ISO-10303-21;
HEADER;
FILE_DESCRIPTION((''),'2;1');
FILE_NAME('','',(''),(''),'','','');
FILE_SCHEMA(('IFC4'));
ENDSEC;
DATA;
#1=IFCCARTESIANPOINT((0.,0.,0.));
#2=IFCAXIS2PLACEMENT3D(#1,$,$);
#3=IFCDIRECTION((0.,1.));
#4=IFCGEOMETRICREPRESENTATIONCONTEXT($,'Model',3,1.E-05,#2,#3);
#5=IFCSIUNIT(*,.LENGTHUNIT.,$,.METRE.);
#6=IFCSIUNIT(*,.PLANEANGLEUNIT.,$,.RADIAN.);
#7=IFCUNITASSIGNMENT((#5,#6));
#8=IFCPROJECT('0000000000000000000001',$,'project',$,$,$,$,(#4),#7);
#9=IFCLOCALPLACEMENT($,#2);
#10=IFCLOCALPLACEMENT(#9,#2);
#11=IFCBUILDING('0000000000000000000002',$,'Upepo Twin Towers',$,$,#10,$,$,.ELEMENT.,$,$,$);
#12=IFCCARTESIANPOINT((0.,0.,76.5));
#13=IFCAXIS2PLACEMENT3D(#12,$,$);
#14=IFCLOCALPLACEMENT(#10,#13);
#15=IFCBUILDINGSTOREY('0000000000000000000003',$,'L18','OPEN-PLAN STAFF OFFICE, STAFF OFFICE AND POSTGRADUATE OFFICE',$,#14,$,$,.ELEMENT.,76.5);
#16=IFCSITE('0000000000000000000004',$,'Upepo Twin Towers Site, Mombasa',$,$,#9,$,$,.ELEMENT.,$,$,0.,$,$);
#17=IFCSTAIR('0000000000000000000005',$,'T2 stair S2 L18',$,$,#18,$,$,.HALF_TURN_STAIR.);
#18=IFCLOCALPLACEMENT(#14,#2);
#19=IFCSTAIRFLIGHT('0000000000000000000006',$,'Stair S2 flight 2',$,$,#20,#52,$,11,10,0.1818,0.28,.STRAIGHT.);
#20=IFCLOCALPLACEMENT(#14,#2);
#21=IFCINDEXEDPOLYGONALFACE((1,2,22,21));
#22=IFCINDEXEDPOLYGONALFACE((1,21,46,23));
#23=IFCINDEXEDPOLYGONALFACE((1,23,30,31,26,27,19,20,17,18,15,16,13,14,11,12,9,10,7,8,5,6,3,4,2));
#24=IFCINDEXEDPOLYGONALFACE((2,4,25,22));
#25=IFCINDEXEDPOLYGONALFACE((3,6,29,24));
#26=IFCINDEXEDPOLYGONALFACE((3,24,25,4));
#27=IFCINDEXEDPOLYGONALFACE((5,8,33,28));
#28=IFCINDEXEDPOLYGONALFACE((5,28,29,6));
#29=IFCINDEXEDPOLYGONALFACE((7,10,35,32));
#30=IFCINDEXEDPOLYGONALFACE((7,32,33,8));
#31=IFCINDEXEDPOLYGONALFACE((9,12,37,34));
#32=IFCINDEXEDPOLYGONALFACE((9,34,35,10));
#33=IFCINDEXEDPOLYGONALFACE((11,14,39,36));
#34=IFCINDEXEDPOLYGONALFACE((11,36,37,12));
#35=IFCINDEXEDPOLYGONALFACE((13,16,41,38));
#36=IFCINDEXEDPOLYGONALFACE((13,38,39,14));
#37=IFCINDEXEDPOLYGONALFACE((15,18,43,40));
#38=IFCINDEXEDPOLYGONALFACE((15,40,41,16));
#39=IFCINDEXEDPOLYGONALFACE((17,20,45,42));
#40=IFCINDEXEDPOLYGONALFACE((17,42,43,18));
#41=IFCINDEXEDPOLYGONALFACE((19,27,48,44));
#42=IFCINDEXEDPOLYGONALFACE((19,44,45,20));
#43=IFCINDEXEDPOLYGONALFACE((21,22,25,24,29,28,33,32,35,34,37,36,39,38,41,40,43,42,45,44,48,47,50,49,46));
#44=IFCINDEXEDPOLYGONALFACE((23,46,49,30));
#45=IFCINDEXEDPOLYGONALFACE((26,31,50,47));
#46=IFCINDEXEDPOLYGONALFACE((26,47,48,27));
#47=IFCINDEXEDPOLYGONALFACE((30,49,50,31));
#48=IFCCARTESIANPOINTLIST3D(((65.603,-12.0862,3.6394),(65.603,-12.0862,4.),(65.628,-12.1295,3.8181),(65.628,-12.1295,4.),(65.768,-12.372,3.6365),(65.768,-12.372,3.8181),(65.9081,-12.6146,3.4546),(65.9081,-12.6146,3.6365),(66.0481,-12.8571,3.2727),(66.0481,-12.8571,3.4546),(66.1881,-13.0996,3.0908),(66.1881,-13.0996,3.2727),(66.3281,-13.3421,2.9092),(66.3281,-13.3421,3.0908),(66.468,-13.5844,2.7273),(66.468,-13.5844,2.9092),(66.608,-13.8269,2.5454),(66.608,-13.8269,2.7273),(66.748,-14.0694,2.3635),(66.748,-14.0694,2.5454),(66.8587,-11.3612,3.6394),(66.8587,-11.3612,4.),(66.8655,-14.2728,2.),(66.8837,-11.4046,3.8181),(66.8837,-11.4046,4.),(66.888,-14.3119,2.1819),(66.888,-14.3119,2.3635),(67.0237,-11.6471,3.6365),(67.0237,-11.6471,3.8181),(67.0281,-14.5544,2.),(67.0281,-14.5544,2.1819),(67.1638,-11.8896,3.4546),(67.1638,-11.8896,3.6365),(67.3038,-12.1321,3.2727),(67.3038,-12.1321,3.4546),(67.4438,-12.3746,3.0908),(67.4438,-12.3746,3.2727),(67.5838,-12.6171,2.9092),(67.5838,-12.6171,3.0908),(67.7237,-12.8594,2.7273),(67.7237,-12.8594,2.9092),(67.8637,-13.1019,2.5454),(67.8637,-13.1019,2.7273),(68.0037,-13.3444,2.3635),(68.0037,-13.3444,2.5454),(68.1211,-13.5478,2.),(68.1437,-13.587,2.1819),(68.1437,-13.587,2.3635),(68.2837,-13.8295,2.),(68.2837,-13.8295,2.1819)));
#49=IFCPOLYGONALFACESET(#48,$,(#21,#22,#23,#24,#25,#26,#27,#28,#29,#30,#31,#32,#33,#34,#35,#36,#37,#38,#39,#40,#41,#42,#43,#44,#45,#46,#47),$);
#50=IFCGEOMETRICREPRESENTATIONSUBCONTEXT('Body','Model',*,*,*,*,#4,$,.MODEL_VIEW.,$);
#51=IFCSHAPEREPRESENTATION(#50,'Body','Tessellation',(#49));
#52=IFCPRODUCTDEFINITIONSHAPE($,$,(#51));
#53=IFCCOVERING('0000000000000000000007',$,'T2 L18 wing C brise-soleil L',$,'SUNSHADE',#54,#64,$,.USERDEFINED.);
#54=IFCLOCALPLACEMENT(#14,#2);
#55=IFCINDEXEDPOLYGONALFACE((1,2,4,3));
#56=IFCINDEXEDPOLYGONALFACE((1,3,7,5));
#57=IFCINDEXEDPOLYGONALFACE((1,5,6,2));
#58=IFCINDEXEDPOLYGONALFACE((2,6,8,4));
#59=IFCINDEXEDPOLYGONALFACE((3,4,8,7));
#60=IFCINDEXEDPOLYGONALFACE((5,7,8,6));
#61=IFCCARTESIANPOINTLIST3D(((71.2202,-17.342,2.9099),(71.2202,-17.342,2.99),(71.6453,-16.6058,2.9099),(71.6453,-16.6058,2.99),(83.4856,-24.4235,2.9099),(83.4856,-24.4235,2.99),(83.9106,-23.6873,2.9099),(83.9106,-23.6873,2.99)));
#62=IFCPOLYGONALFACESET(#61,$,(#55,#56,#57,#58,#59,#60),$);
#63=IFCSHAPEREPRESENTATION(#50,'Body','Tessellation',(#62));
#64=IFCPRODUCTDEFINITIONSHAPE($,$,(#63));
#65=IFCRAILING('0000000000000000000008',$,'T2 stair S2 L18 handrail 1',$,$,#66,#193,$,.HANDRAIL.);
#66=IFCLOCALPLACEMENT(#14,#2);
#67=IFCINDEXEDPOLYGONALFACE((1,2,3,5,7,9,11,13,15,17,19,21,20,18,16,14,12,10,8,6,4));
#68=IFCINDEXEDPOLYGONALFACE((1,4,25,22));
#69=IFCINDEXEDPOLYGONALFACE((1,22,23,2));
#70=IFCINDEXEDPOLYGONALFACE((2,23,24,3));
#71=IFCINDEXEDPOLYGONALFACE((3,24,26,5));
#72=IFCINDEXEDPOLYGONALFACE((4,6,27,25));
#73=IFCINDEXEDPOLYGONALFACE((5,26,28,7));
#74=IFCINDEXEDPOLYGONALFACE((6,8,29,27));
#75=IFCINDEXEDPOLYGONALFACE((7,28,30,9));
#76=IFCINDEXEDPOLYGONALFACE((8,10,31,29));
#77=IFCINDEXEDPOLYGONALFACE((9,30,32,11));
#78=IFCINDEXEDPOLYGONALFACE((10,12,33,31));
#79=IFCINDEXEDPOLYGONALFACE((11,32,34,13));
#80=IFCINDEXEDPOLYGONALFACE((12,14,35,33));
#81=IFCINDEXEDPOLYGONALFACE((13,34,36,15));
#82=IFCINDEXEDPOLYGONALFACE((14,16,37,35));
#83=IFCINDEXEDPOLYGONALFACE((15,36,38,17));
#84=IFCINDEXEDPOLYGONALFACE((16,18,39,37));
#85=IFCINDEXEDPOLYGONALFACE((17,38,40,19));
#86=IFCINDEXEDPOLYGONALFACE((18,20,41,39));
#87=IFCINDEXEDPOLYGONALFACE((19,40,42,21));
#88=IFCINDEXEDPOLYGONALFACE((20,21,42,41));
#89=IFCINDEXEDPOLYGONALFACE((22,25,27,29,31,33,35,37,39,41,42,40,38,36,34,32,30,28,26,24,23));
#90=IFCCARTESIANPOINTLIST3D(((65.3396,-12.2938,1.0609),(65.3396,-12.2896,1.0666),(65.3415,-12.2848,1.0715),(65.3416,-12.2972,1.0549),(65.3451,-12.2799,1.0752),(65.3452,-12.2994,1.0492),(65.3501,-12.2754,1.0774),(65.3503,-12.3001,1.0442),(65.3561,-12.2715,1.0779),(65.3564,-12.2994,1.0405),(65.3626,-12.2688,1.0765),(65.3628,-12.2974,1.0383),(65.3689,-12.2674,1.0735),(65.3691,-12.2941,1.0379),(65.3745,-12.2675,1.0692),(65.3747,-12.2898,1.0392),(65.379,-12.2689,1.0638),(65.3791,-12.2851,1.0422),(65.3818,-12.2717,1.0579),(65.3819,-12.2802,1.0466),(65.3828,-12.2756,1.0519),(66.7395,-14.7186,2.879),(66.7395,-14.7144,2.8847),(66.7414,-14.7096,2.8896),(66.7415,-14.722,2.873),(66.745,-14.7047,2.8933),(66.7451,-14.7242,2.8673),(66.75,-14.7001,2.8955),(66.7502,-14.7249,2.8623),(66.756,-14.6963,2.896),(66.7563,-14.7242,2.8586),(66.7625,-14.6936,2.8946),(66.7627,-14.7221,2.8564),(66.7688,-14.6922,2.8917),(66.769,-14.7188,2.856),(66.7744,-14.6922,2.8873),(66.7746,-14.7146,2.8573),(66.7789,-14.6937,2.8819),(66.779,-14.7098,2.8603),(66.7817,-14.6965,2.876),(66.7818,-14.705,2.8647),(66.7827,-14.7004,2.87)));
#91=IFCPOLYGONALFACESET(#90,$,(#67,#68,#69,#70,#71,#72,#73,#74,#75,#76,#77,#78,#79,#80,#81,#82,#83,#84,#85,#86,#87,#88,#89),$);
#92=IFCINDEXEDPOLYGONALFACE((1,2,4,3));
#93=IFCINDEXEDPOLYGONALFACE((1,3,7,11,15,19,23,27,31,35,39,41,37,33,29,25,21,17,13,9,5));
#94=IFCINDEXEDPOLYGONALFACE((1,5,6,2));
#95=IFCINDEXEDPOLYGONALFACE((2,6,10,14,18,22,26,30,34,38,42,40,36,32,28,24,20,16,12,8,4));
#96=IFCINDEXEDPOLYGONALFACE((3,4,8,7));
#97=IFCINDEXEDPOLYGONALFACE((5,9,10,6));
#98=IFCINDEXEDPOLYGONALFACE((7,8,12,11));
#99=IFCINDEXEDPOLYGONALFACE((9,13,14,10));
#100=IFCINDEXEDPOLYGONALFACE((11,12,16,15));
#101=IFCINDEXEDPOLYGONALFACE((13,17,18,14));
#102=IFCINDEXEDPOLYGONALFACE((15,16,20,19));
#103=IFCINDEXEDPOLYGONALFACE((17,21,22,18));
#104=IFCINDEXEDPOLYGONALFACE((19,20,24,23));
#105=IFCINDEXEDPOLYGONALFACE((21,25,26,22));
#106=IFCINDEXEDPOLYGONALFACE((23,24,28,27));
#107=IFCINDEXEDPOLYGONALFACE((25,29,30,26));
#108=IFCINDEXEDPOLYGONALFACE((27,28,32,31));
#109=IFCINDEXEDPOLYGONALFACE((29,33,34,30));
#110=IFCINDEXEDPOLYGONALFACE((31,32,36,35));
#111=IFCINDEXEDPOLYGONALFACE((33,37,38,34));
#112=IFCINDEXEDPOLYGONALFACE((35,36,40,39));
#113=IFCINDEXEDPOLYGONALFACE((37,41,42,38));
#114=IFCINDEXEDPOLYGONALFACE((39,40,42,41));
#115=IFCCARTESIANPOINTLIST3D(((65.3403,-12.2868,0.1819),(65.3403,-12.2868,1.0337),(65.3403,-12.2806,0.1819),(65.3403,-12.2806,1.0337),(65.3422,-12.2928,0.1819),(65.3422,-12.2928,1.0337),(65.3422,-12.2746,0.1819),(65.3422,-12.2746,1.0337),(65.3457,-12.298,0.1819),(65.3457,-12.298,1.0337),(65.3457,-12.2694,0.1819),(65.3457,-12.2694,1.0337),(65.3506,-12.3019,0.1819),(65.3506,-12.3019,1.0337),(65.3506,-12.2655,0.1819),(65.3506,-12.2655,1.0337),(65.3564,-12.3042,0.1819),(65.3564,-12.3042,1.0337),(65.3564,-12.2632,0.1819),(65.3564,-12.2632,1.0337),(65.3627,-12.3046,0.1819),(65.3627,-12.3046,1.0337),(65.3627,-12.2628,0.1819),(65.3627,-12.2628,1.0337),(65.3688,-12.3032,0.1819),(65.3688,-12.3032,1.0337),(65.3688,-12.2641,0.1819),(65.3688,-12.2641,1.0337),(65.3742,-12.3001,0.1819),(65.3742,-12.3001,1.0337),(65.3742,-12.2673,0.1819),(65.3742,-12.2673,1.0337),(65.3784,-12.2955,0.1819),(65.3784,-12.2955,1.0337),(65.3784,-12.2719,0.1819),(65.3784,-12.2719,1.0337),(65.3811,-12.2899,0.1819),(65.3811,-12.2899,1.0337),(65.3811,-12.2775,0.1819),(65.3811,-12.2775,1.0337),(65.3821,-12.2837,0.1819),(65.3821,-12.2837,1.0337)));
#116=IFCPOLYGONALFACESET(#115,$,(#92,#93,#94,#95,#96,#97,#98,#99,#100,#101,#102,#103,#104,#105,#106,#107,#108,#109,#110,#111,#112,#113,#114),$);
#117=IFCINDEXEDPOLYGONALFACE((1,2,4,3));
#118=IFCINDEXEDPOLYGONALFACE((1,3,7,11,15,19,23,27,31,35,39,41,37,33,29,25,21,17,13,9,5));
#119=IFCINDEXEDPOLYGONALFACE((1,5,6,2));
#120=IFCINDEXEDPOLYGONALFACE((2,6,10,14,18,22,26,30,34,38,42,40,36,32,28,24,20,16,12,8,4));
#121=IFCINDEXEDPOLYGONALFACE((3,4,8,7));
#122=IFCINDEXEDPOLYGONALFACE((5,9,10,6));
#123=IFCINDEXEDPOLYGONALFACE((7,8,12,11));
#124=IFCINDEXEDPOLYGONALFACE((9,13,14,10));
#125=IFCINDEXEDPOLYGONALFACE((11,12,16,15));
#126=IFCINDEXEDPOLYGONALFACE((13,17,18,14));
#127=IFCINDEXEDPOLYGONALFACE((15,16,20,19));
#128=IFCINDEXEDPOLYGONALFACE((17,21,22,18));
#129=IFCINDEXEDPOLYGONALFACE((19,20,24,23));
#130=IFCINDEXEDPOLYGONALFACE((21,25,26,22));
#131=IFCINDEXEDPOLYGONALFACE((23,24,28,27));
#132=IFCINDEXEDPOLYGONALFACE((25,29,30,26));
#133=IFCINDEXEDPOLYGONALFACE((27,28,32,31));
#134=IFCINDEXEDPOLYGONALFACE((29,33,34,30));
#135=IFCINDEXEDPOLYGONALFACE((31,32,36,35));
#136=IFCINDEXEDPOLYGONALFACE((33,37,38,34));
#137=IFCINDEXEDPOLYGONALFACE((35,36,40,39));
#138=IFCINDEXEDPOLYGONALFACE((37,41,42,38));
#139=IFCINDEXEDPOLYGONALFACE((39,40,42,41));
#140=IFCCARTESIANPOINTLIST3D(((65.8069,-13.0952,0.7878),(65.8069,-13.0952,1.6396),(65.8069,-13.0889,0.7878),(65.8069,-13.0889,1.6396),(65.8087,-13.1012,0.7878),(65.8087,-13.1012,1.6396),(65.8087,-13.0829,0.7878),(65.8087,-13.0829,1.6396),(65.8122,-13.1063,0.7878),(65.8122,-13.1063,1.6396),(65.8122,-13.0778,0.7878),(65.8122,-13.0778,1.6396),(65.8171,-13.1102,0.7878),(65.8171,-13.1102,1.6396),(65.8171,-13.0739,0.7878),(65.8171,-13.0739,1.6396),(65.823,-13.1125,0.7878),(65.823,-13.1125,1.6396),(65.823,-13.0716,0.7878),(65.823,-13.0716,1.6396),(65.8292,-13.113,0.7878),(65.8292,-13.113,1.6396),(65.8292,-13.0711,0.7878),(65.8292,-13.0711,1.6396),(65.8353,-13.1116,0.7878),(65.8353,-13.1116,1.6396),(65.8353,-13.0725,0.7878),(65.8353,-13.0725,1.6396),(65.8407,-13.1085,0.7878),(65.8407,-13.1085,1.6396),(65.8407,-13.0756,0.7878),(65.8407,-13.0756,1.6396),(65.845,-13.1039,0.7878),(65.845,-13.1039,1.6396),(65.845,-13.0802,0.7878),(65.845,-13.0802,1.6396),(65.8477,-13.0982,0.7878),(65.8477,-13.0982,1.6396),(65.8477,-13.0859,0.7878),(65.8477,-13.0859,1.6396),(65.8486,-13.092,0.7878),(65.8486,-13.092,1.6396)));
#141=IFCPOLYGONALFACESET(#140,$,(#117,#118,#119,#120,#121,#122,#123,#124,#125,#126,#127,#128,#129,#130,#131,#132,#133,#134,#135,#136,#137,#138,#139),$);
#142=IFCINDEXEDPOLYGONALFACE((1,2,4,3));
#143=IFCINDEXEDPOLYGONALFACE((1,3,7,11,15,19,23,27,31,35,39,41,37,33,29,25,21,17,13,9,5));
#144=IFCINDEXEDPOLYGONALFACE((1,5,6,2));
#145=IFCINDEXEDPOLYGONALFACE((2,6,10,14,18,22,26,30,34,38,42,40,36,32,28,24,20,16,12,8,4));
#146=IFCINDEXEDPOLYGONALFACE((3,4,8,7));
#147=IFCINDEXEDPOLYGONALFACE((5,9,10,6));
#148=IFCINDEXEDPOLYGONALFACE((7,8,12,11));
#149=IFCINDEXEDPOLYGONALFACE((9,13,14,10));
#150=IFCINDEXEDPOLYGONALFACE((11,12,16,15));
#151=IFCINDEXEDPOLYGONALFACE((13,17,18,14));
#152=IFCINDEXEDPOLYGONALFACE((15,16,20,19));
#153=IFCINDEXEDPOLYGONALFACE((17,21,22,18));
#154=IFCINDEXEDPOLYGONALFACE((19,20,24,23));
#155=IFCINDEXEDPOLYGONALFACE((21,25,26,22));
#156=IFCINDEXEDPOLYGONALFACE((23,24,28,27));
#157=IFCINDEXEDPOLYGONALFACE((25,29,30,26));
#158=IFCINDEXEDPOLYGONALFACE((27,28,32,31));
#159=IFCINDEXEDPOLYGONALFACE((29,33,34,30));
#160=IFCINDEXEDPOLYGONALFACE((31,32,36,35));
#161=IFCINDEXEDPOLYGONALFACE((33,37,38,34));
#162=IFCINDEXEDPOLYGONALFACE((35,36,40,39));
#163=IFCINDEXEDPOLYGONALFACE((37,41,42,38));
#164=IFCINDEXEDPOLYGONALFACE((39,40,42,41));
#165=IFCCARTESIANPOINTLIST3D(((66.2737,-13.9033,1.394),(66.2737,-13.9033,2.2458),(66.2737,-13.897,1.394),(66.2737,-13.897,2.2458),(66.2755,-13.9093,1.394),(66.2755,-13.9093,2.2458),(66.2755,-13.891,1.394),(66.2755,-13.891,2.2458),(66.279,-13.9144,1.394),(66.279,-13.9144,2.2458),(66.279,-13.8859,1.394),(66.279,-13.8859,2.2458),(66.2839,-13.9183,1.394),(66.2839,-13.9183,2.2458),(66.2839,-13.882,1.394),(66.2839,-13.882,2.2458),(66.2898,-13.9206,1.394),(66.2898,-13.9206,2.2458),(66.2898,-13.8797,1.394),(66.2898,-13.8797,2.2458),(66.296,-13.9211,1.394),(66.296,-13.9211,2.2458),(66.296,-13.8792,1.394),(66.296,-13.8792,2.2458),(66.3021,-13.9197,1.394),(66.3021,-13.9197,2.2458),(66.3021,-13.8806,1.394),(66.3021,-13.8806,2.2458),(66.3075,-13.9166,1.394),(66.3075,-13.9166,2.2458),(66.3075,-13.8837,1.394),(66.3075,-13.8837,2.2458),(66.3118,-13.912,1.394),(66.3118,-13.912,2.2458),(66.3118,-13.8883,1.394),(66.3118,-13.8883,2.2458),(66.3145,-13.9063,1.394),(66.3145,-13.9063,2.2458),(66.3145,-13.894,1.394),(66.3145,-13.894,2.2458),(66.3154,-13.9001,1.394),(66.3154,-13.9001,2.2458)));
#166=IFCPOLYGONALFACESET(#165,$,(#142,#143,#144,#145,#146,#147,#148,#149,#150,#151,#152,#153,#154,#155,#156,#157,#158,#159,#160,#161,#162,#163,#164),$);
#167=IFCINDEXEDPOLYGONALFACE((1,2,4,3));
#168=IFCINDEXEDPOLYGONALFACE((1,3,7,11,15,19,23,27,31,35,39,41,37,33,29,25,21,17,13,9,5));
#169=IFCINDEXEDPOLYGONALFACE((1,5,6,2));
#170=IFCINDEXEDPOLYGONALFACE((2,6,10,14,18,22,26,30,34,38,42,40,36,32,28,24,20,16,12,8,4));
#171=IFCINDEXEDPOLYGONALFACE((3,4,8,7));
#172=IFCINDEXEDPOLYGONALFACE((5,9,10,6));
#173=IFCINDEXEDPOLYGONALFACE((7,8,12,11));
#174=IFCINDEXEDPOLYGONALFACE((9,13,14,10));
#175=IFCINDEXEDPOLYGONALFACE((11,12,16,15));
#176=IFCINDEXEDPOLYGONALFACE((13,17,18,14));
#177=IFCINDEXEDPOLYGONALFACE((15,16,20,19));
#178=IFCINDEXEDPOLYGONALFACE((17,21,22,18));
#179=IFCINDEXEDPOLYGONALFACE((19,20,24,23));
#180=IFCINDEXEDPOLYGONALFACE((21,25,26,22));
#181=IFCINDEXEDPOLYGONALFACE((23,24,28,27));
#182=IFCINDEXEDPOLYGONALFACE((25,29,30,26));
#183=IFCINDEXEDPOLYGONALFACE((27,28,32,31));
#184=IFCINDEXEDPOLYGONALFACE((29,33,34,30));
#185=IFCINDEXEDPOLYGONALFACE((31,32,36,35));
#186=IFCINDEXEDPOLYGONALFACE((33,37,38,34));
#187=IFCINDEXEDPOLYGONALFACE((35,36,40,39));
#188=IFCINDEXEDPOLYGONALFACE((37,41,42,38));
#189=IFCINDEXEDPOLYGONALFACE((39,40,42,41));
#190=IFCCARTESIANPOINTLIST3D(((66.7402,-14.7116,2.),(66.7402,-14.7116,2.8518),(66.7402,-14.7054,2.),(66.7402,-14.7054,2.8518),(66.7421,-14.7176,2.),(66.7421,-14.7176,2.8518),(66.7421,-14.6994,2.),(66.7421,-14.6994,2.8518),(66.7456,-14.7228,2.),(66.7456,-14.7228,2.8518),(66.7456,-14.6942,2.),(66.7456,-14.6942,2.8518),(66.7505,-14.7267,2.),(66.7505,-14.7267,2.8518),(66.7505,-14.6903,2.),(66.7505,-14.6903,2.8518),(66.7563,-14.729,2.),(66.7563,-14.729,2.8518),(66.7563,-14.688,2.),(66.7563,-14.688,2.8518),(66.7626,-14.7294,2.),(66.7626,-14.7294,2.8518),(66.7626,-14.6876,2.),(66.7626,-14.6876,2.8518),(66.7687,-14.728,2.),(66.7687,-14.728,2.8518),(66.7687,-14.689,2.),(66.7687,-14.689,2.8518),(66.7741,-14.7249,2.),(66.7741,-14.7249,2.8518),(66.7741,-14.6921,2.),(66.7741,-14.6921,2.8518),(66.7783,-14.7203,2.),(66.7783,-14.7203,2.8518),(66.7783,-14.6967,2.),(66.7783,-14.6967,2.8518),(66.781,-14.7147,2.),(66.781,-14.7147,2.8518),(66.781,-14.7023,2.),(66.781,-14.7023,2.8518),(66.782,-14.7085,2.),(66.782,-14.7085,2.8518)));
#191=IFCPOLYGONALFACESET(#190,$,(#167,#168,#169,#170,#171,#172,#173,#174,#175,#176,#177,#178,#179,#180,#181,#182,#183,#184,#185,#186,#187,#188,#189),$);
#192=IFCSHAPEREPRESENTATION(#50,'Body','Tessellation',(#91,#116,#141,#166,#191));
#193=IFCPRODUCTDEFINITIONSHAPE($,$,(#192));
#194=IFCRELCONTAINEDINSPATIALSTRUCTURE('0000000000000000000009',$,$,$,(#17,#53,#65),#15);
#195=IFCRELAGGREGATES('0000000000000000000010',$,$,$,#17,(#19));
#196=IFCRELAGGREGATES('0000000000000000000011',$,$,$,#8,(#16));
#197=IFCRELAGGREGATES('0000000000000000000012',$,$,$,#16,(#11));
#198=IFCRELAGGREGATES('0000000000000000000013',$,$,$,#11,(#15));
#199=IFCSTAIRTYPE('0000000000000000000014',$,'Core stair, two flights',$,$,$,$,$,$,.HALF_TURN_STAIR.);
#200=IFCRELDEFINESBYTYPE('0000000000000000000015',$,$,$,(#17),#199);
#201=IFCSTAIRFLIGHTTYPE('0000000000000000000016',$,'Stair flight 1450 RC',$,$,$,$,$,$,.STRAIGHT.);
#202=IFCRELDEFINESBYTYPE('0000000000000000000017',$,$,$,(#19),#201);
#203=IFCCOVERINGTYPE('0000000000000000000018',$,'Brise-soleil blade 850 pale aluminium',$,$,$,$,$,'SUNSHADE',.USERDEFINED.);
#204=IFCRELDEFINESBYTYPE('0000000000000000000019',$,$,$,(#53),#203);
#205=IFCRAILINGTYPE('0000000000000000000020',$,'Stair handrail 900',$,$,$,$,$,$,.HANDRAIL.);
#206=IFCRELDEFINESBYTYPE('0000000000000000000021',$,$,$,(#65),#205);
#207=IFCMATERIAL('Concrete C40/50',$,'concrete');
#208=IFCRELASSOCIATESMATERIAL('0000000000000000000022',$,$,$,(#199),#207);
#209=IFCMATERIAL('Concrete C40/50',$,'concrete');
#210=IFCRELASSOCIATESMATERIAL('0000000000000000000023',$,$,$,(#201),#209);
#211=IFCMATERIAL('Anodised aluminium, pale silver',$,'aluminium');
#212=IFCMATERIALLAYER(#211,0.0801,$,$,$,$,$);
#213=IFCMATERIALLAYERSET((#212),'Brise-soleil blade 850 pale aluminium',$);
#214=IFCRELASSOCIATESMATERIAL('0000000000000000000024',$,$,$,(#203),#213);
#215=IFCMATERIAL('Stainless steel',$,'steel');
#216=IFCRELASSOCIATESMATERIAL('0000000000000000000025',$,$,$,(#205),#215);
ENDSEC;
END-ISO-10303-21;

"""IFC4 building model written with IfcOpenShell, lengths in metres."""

from ifc_helpers import new_model, si_unit, direction, frame, origin, origin_2d, place, context, subcontext, project, spatial, polyline, rectangle, circle, outline, extrude, material, layer, layer_set, type_object, element, aggregate, save


model = new_model("IFC4")

# Units and contexts
model_context = context("Model", 3, precision=1e-05, world=origin(), true_north=direction((0.0, 1.0)))
body_context = subcontext(model_context, "Body", "Model", "MODEL_VIEW")
ifc_project = project(units=[si_unit("LENGTHUNIT", "METRE"), si_unit("PLANEANGLEUNIT", "RADIAN")], contexts=[model_context])

# Site, building, storey
site_placement = place(None, origin())
site = spatial("IfcSite", under=ifc_project, at=site_placement, Name="Upepo Twin Towers Site, Mombasa", CompositionType="ELEMENT", RefElevation=0.0)
building_placement = place(site_placement, origin())
building = spatial("IfcBuilding", under=site, at=building_placement, Name="Upepo Twin Towers", CompositionType="ELEMENT")
storey_placement = place(building_placement, frame((0.0, 0.0, 76.5)))
storey = spatial("IfcBuildingStorey", under=building, at=storey_placement, Name="L18", Description="OPEN-PLAN STAFF OFFICE, STAFF OFFICE AND POSTGRADUATE OFFICE", CompositionType="ELEMENT", Elevation=76.5)

# Stair, stair flight
ifc_material_1 = material(Name="Concrete C40/50", Category="concrete")
stair_type = type_object("IfcStairType", Name="Core stair, two flights", PredefinedType="HALF_TURN_STAIR", material=ifc_material_1)
stair_placement = place(storey_placement, origin())
stair = element("IfcStair", 1, at=stair_placement, inside=storey, type_object=stair_type, Name="T2 stair S2 L18", PredefinedType="HALF_TURN_STAIR")
ifc_material_2 = material(Name="Concrete C40/50", Category="concrete")
stair_flight_type = type_object("IfcStairFlightType", Name="Stair flight 1450 RC", PredefinedType="STRAIGHT", material=ifc_material_2)
stair_flight_placement = place(storey_placement, frame((67.656, -14.1919, 2.0), z_axis=(0.0, 0.0, 1.0), x_axis=(-0.5, 0.866025, 0.0)))
stair_flight = element("IfcStairFlight", 2, at=stair_flight_placement, type_object=stair_flight_type, Name="Stair S2 flight 2", NumberOfRisers=11, NumberOfTreads=10, PredefinedType="STRAIGHT", RiserHeight=0.1818, TreadLength=0.28, context=body_context, shape_type="SweptSolid", body=[
    extrude(outline(polyline([(0.0, 0.0), (0.0, 0.1819), (0.28, 0.1819), (0.28, 0.3635), (0.5601, 0.3635), (0.5601, 0.5454), (0.8401, 0.5454), (0.8401, 0.7273), (1.1201, 0.7273), (1.1201, 0.9092), (1.3999, 0.9092), (1.3999, 1.0908), (1.6799, 1.0908), (1.6799, 1.2727), (1.96, 1.2727), (1.96, 1.4546), (2.24, 1.4546), (2.24, 1.6365), (2.52, 1.6365), (2.52, 1.8181), (2.8, 1.8181), (2.8, 2.0), (2.8501, 2.0), (2.8501, 1.6394), (0.3252, 0.0), (0.0, 0.0)])), frame((0.0, 0.7251, 0.0), z_axis=(0.0, -1.0, 0.0), x_axis=(1.0, 0.0, 0.0)), (0.0, 0.0, 1.0), 1.45),
])
aggregate(stair, [stair_flight])

# Covering
ifc_material_3 = material(Name="Anodised aluminium, pale silver", Category="aluminium")
ifc_layer_1 = layer(ifc_material_3, 0.0801)
ifc_layer_set_1 = layer_set([ifc_layer_1], Name="Brise-soleil blade 850 pale aluminium")
covering_type = type_object("IfcCoveringType", Name="Brise-soleil blade 850 pale aluminium", ElementType="SUNSHADE", PredefinedType="USERDEFINED", material=ifc_layer_set_1)
covering_placement = place(storey_placement, frame((77.5654, -20.5146, 2.9099), z_axis=(0.0, 0.0, 1.0), x_axis=(0.866025, -0.5, 0.0)))
element("IfcCovering", 3, at=covering_placement, inside=storey, type_object=covering_type, Name="T2 L18 wing C brise-soleil L", ObjectType="SUNSHADE", PredefinedType="USERDEFINED", context=body_context, shape_type="SweptSolid", body=[
    extrude(rectangle(XDim=14.1628, YDim=0.8501, at=origin_2d()), origin(), (0.0, 0.0, 1.0), 0.0801),
])

# Railing
ifc_material_4 = material(Name="Stainless steel", Category="steel")
railing_type = type_object("IfcRailingType", Name="Stair handrail 900", PredefinedType="HANDRAIL", material=ifc_material_4)
railing_1_placement = place(storey_placement, frame((65.3611, -12.2837, 0.1819)))
element("IfcRailing", 4, at=railing_1_placement, inside=storey, type_object=railing_type, Name="T2 stair S2 L18 handrail 1", PredefinedType="HANDRAIL", context=body_context, shape_type="SweptSolid", body=[
    extrude(circle(Radius=0.0239, at=origin_2d()), frame((0.0, 0.0, 0.876), z_axis=(0.419333, -0.726336, 0.544606), x_axis=(0.866035, 0.499984, 0.0)), (0.0, 0.0, 1.0), 3.3384),
    extrude(circle(Radius=0.021, at=origin_2d()), origin(), (0.0, 0.0, 1.0), 0.8518),
    extrude(circle(Radius=0.021, at=origin_2d()), frame((0.4666, -0.8083, 0.606)), (0.0, 0.0, 1.0), 0.8518),
    extrude(circle(Radius=0.021, at=origin_2d()), frame((0.9333, -1.6165, 1.2122)), (0.0, 0.0, 1.0), 0.8518),
    extrude(circle(Radius=0.021, at=origin_2d()), frame((1.3999, -2.4248, 1.8181)), (0.0, 0.0, 1.0), 0.8518),
])

save(model, "model.ifc")
